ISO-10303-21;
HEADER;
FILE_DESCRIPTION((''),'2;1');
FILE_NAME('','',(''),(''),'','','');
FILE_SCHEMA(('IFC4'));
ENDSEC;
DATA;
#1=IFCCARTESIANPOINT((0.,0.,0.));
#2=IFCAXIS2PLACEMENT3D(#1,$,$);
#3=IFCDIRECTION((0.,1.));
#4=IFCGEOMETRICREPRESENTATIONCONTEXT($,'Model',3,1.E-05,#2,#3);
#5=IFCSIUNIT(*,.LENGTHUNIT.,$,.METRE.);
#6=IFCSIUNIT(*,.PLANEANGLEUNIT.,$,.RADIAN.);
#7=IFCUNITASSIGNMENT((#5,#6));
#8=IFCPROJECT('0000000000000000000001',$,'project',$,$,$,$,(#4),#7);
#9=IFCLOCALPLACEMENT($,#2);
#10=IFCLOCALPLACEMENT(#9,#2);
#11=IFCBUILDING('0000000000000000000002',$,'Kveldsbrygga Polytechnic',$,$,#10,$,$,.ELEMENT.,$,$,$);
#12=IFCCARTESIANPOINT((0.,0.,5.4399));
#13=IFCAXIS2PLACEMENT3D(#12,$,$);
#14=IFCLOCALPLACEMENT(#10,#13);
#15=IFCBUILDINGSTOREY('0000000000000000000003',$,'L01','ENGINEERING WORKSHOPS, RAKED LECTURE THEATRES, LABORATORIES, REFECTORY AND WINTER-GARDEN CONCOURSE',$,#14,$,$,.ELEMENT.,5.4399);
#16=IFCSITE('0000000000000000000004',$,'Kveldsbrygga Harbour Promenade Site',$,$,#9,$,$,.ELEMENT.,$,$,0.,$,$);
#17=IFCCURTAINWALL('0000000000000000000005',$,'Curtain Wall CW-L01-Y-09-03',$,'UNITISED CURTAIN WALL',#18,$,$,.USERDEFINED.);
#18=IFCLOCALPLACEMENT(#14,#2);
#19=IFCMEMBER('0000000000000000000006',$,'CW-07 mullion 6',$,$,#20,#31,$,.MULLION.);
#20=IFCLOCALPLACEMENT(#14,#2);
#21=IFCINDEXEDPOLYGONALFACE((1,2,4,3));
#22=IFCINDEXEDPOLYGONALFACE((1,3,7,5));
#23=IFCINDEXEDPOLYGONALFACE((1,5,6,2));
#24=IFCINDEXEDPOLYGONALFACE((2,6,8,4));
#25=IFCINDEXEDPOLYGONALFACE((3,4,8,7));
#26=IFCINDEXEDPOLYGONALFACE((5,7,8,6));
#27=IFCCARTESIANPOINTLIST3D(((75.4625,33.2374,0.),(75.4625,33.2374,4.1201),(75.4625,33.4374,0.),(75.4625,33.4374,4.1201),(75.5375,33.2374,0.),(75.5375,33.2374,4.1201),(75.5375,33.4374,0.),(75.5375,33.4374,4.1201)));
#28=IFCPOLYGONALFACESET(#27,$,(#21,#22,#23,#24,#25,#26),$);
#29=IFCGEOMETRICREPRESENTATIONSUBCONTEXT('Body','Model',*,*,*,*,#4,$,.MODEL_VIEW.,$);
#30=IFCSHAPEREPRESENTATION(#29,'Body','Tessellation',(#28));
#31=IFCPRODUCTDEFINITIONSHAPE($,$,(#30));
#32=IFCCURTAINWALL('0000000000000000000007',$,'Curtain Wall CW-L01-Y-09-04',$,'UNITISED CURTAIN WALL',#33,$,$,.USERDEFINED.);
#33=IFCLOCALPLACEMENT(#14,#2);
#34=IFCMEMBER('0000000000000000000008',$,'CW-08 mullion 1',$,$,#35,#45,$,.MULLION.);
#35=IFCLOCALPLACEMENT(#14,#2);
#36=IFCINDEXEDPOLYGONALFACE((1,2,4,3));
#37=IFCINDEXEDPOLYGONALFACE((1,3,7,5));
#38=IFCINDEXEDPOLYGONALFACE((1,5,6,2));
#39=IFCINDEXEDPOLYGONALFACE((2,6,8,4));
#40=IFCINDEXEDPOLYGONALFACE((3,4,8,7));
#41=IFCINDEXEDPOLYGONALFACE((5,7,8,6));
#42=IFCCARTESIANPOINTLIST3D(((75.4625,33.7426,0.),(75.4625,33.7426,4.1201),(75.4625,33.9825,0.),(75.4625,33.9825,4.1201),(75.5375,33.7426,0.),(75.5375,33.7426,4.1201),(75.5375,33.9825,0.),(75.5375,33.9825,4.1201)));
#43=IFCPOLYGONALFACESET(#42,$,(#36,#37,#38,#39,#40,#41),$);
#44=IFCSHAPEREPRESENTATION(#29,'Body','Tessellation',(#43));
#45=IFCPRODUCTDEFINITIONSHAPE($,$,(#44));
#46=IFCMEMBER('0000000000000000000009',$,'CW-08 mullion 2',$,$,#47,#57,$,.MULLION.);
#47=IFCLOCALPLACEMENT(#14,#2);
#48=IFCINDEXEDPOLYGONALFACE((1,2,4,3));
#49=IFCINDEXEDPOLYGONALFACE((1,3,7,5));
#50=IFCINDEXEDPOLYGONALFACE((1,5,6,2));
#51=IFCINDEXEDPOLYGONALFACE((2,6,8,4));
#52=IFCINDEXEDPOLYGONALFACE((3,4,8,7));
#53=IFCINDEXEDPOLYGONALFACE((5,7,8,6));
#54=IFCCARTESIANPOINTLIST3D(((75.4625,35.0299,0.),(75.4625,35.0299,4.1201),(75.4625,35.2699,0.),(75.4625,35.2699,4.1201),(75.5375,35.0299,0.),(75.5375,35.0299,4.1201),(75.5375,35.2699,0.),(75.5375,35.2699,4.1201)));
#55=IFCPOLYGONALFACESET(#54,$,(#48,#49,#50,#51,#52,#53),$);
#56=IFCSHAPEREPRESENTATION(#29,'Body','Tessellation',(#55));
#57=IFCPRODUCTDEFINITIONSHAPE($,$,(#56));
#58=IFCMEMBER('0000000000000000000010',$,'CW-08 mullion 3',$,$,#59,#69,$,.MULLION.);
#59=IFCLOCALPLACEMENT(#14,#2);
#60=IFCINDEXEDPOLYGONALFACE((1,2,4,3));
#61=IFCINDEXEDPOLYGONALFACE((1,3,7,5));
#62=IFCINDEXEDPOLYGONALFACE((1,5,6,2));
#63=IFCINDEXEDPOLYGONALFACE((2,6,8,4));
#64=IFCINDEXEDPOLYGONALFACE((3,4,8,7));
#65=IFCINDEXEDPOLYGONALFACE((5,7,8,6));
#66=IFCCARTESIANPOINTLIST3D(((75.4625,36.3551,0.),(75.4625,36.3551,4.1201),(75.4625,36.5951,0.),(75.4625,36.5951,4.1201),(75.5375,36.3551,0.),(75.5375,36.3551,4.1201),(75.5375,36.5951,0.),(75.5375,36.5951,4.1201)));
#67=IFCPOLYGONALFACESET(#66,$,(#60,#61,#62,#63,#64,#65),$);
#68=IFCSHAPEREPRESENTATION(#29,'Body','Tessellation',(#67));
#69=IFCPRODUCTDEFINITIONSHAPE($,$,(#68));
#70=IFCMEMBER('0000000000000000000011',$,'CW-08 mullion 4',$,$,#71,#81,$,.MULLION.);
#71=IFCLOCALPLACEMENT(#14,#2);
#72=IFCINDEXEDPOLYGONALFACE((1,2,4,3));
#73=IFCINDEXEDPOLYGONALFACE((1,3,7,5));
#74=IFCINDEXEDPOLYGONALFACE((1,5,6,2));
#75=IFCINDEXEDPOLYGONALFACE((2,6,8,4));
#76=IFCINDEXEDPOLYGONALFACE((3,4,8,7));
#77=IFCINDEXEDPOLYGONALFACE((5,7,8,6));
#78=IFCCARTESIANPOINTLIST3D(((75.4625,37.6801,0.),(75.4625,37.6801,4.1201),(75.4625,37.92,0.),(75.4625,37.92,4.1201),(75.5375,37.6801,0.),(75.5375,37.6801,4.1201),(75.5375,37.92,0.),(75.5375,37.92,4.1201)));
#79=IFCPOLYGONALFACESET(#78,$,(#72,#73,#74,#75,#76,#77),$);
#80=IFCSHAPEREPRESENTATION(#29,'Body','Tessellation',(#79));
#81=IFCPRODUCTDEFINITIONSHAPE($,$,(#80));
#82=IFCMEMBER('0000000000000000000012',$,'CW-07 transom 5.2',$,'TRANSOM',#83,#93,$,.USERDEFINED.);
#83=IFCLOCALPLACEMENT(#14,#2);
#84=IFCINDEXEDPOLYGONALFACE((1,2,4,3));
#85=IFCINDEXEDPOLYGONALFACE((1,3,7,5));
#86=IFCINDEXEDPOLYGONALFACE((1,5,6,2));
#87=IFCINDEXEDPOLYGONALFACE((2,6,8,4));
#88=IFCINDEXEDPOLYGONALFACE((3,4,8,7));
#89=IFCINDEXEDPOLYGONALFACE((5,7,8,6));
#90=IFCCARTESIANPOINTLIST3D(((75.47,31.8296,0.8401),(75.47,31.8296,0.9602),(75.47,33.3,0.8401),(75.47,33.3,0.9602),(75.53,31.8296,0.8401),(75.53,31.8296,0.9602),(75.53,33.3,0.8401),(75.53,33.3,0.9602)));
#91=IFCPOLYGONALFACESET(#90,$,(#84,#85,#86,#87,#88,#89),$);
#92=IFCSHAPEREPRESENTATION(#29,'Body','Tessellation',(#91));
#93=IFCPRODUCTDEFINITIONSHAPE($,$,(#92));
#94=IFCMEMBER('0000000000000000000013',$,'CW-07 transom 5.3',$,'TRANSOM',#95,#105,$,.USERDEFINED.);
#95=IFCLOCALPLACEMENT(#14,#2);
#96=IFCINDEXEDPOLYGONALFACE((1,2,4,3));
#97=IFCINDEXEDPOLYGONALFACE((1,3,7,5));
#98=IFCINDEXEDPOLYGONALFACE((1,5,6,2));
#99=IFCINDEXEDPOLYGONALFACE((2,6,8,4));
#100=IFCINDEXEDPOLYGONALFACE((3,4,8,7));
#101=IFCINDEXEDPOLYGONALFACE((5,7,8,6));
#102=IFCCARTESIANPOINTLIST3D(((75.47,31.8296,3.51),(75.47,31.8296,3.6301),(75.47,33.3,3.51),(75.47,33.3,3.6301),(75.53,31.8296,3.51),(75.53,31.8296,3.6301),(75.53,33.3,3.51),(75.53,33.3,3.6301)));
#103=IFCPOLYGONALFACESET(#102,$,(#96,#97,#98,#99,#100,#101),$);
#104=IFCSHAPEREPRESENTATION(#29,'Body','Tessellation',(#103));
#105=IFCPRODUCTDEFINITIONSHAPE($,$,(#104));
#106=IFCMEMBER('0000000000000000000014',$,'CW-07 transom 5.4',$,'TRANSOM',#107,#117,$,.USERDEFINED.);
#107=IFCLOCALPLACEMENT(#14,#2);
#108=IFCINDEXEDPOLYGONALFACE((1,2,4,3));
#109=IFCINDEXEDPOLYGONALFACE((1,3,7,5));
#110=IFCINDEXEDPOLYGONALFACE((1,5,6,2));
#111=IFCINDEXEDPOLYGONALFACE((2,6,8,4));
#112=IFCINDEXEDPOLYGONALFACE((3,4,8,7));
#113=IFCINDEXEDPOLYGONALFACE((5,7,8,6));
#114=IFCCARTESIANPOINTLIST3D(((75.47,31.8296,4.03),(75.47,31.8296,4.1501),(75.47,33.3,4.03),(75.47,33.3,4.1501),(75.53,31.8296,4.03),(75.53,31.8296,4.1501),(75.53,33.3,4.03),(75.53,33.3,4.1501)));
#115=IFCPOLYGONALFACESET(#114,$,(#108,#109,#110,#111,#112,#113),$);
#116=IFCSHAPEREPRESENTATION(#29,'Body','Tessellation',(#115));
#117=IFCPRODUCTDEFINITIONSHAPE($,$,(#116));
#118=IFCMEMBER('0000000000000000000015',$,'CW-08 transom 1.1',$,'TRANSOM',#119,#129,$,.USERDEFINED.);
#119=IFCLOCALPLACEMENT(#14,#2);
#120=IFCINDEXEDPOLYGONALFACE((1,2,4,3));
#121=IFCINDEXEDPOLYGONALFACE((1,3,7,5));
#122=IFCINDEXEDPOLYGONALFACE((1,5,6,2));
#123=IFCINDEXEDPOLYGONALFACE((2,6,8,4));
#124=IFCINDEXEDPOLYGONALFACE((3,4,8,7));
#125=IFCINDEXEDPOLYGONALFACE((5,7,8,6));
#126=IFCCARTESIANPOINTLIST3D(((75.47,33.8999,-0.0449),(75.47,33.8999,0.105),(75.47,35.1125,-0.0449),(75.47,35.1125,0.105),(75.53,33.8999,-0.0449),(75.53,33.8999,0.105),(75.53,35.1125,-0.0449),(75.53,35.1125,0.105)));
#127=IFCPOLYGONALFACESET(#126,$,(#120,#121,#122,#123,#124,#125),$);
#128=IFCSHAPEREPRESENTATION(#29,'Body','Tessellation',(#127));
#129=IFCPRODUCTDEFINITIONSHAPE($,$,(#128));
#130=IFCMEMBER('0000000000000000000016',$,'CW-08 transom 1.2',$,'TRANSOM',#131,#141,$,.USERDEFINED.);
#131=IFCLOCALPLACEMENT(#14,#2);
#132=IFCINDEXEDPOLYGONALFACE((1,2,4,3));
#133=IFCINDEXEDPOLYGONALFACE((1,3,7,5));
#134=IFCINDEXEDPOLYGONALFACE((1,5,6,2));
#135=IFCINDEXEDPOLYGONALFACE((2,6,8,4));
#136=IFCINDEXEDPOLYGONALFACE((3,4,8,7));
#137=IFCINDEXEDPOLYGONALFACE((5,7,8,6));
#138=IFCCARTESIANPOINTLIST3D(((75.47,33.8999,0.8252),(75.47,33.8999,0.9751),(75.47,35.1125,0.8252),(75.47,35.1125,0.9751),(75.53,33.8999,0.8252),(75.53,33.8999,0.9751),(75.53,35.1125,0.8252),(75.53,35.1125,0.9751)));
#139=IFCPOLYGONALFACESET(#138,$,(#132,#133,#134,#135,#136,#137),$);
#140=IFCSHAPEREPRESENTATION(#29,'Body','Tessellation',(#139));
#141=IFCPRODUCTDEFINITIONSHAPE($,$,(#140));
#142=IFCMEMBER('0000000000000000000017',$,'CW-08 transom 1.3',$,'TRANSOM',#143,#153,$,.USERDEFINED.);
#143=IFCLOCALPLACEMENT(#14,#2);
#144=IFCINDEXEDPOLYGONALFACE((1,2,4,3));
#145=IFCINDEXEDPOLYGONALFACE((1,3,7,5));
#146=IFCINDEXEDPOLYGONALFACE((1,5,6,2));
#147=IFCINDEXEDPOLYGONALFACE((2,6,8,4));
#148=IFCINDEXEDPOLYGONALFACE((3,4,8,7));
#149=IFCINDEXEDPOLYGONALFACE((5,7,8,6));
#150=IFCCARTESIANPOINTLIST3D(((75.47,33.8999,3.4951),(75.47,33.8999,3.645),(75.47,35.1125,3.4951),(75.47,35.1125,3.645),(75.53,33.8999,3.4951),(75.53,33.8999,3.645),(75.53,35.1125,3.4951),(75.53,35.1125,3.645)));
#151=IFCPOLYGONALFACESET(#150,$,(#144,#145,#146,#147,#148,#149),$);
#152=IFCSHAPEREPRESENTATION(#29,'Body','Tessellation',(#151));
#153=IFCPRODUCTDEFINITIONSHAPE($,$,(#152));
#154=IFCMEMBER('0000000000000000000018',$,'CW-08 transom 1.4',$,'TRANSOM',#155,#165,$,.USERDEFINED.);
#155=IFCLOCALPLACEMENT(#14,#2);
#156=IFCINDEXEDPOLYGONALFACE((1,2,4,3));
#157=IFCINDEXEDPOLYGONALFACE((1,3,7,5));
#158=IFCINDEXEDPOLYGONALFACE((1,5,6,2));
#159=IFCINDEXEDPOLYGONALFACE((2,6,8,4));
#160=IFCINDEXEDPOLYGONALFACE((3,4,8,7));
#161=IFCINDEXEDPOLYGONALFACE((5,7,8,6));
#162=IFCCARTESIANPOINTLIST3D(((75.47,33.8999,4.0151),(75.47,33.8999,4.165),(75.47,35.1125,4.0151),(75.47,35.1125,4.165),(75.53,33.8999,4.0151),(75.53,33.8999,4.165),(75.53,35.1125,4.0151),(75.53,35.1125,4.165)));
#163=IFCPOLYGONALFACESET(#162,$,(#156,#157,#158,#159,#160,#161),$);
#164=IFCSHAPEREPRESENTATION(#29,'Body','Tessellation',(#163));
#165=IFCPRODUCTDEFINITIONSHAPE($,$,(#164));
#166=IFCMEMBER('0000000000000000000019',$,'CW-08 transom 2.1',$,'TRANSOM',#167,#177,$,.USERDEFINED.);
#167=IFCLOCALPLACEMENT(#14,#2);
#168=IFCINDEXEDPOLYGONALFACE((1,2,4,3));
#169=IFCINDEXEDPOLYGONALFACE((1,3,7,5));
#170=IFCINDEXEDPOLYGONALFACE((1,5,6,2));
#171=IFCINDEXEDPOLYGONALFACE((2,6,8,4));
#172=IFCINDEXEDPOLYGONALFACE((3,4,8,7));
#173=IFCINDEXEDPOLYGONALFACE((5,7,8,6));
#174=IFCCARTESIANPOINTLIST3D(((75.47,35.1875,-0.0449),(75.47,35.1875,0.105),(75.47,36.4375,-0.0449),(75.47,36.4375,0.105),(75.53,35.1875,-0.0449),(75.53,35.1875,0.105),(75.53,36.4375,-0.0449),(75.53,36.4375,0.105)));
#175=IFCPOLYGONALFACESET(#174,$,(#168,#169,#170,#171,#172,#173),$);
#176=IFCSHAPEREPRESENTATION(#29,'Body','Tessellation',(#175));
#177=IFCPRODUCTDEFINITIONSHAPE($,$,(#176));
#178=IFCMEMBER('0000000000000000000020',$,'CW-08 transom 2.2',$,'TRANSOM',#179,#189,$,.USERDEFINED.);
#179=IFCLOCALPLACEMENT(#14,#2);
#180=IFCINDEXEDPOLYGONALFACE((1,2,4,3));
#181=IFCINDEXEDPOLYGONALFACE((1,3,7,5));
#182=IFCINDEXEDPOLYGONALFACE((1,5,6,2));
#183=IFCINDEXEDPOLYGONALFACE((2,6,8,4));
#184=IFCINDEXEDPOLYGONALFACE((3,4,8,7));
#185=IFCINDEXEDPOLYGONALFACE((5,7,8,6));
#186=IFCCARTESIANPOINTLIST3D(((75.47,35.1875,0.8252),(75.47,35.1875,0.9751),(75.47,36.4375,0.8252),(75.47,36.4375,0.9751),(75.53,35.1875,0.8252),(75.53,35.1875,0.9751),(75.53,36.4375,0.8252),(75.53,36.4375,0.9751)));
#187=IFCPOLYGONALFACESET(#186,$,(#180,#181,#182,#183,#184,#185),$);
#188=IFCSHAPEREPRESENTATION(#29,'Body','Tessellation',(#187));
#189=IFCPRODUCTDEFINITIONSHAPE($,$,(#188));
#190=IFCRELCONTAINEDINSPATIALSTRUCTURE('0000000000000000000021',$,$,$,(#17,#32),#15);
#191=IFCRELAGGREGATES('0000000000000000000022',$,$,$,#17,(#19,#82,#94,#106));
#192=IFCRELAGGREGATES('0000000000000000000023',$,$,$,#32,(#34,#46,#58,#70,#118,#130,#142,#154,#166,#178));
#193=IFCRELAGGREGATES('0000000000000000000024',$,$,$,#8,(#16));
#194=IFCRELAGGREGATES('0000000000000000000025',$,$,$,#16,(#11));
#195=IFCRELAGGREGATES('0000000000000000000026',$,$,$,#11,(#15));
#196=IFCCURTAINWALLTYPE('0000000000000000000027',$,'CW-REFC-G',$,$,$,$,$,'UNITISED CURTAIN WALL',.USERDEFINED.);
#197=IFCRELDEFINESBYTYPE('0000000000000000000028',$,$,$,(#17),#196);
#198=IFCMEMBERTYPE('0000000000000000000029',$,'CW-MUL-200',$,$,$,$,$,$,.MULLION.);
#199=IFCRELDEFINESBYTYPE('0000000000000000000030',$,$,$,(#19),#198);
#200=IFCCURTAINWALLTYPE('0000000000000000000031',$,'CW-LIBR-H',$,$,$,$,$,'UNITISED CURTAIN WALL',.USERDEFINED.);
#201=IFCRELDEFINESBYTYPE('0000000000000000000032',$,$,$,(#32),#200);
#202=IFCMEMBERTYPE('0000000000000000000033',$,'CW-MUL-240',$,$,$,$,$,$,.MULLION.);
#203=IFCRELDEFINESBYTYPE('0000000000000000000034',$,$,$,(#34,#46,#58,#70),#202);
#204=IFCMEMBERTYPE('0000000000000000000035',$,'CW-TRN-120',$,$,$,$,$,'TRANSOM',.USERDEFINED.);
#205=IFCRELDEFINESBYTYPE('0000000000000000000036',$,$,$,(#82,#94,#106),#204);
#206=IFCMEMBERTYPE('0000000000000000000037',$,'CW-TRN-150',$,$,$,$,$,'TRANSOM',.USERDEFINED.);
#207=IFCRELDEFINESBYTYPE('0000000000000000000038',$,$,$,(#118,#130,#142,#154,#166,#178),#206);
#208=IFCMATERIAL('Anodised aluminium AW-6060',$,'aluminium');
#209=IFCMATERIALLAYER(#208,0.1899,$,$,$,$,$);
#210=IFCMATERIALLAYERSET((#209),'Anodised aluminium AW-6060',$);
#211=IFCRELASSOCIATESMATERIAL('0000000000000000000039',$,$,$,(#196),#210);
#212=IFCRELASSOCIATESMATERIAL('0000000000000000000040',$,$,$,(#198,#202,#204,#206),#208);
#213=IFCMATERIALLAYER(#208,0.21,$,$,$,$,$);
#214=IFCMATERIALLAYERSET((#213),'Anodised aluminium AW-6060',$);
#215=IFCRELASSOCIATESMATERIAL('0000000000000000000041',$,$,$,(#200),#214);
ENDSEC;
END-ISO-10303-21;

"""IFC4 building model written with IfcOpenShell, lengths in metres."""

from ifc_helpers import new_model, si_unit, direction, frame, origin, origin_2d, place, context, subcontext, project, spatial, rectangle, extrude, material, layer, layer_set, material_profile, profile_set, type_object, element, aggregate, save


model = new_model("IFC4")

# Units and contexts
model_context = context("Model", 3, precision=1e-05, world=origin(), true_north=direction((0.0, 1.0)))
body_context = subcontext(model_context, "Body", "Model", "MODEL_VIEW")
ifc_project = project(units=[si_unit("LENGTHUNIT", "METRE"), si_unit("PLANEANGLEUNIT", "RADIAN")], contexts=[model_context])

# Site, building, storey
site_placement = place(None, origin())
site = spatial("IfcSite", under=ifc_project, at=site_placement, Name="Kveldsbrygga Harbour Promenade Site", CompositionType="ELEMENT", RefElevation=0.0)
building_placement = place(site_placement, origin())
building = spatial("IfcBuilding", under=site, at=building_placement, Name="Kveldsbrygga Polytechnic", CompositionType="ELEMENT")
storey_placement = place(building_placement, frame((0.0, 0.0, 5.4399)))
storey = spatial("IfcBuildingStorey", under=building, at=storey_placement, Name="L01", Description="ENGINEERING WORKSHOPS, RAKED LECTURE THEATRES, LABORATORIES, REFECTORY AND WINTER-GARDEN CONCOURSE", CompositionType="ELEMENT", Elevation=5.4399)

# Curtain wall, member
ifc_material_1 = material(Name="Anodised aluminium AW-6060", Category="aluminium")
ifc_layer_1 = layer(ifc_material_1, 0.1899)
ifc_layer_set_1 = layer_set([ifc_layer_1], Name="Anodised aluminium AW-6060")
curtain_wall_type_1 = type_object("IfcCurtainWallType", Name="CW-REFC-G", ElementType="UNITISED CURTAIN WALL", PredefinedType="USERDEFINED", material=ifc_layer_set_1)
curtain_wall_1_placement = place(storey_placement, origin())
curtain_wall_1 = element("IfcCurtainWall", 1, at=curtain_wall_1_placement, inside=storey, type_object=curtain_wall_type_1, Name="Curtain Wall CW-L01-Y-09-03", ObjectType="UNITISED CURTAIN WALL", PredefinedType="USERDEFINED")
ifc_material_profile_1 = material_profile(ifc_material_1, rectangle(XDim=0.075, YDim=0.2, at=origin_2d()), Name="ALU 75x200")
ifc_profile_set_1 = profile_set([ifc_material_profile_1], Name="Anodised aluminium AW-6060")
member_type_1 = type_object("IfcMemberType", Name="CW-MUL-200", PredefinedType="MULLION", material=ifc_profile_set_1)
member_1_placement = place(storey_placement, frame((75.5, 33.3374, 0.0), z_axis=(0.0, 0.0, 1.0), x_axis=(-1.0, 0.0, 0.0)))
member_1 = element("IfcMember", 2, at=member_1_placement, type_object=member_type_1, Name="CW-07 mullion 6", PredefinedType="MULLION", context=body_context, shape_type="SweptSolid", body=[
    extrude(rectangle(XDim=0.075, YDim=0.2, at=origin_2d()), origin(), (0.0, 0.0, 1.0), 4.1201),
])

# Curtain wall, members
ifc_layer_2 = layer(ifc_material_1, 0.21)
ifc_layer_set_2 = layer_set([ifc_layer_2], Name="Anodised aluminium AW-6060")
curtain_wall_type_2 = type_object("IfcCurtainWallType", Name="CW-LIBR-H", ElementType="UNITISED CURTAIN WALL", PredefinedType="USERDEFINED", material=ifc_layer_set_2)
curtain_wall_2_placement = place(storey_placement, origin())
curtain_wall_2 = element("IfcCurtainWall", 3, at=curtain_wall_2_placement, inside=storey, type_object=curtain_wall_type_2, Name="Curtain Wall CW-L01-Y-09-04", ObjectType="UNITISED CURTAIN WALL", PredefinedType="USERDEFINED")
ifc_material_profile_2 = material_profile(ifc_material_1, rectangle(XDim=0.075, YDim=0.24, at=origin_2d()), Name="ALU 75x240")
ifc_profile_set_2 = profile_set([ifc_material_profile_2], Name="Anodised aluminium AW-6060")
member_type_2 = type_object("IfcMemberType", Name="CW-MUL-240", PredefinedType="MULLION", material=ifc_profile_set_2)
member_2_placement = place(storey_placement, frame((75.5, 33.8625, 0.0), z_axis=(0.0, 0.0, 1.0), x_axis=(-1.0, 0.0, 0.0)))
member_2 = element("IfcMember", 4, at=member_2_placement, type_object=member_type_2, Name="CW-08 mullion 1", PredefinedType="MULLION", context=body_context, shape_type="SweptSolid", body=[
    extrude(rectangle(XDim=0.075, YDim=0.24, at=origin_2d()), origin(), (0.0, 0.0, 1.0), 4.1201),
])
member_3_placement = place(storey_placement, frame((75.5, 35.1499, 0.0), z_axis=(0.0, 0.0, 1.0), x_axis=(-1.0, 0.0, 0.0)))
member_3 = element("IfcMember", 5, at=member_3_placement, type_object=member_type_2, Name="CW-08 mullion 2", PredefinedType="MULLION", context=body_context, shape_type="SweptSolid", body=[
    extrude(rectangle(XDim=0.075, YDim=0.24, at=origin_2d()), origin(), (0.0, 0.0, 1.0), 4.1201),
])
member_4_placement = place(storey_placement, frame((75.5, 36.4751, 0.0), z_axis=(0.0, 0.0, 1.0), x_axis=(-1.0, 0.0, 0.0)))
member_4 = element("IfcMember", 6, at=member_4_placement, type_object=member_type_2, Name="CW-08 mullion 3", PredefinedType="MULLION", context=body_context, shape_type="SweptSolid", body=[
    extrude(rectangle(XDim=0.075, YDim=0.24, at=origin_2d()), origin(), (0.0, 0.0, 1.0), 4.1201),
])
member_5_placement = place(storey_placement, frame((75.5, 37.8, 0.0), z_axis=(0.0, 0.0, 1.0), x_axis=(-1.0, 0.0, 0.0)))
member_5 = element("IfcMember", 7, at=member_5_placement, type_object=member_type_2, Name="CW-08 mullion 4", PredefinedType="MULLION", context=body_context, shape_type="SweptSolid", body=[
    extrude(rectangle(XDim=0.075, YDim=0.24, at=origin_2d()), origin(), (0.0, 0.0, 1.0), 4.1201),
])

# Members
ifc_material_profile_3 = material_profile(ifc_material_1, rectangle(XDim=0.0601, YDim=0.1201, at=origin_2d()), Name="ALU 60x120")
ifc_profile_set_3 = profile_set([ifc_material_profile_3], Name="Anodised aluminium AW-6060")
member_type_3 = type_object("IfcMemberType", Name="CW-TRN-120", ElementType="TRANSOM", PredefinedType="USERDEFINED", material=ifc_profile_set_3)
member_6_placement = place(storey_placement, frame((75.5, 31.8296, 0.9001), z_axis=(0.0, 1.0, 0.0), x_axis=(-1.0, 0.0, 0.0)))
member_6 = element("IfcMember", 8, at=member_6_placement, type_object=member_type_3, Name="CW-07 transom 5.2", ObjectType="TRANSOM", PredefinedType="USERDEFINED", context=body_context, shape_type="SweptSolid", body=[
    extrude(rectangle(XDim=0.0601, YDim=0.1201, at=origin_2d()), origin(), (0.0, 0.0, 1.0), 1.4705),
])
member_7_placement = place(storey_placement, frame((75.5, 31.8296, 3.5701), z_axis=(0.0, 1.0, 0.0), x_axis=(-1.0, 0.0, 0.0)))
member_7 = element("IfcMember", 9, at=member_7_placement, type_object=member_type_3, Name="CW-07 transom 5.3", ObjectType="TRANSOM", PredefinedType="USERDEFINED", context=body_context, shape_type="SweptSolid", body=[
    extrude(rectangle(XDim=0.0601, YDim=0.1201, at=origin_2d()), origin(), (0.0, 0.0, 1.0), 1.4705),
])
member_8_placement = place(storey_placement, frame((75.5, 31.8296, 4.0901), z_axis=(0.0, 1.0, 0.0), x_axis=(-1.0, 0.0, 0.0)))
member_8 = element("IfcMember", 10, at=member_8_placement, type_object=member_type_3, Name="CW-07 transom 5.4", ObjectType="TRANSOM", PredefinedType="USERDEFINED", context=body_context, shape_type="SweptSolid", body=[
    extrude(rectangle(XDim=0.0601, YDim=0.1201, at=origin_2d()), origin(), (0.0, 0.0, 1.0), 1.4705),
])
ifc_material_profile_4 = material_profile(ifc_material_1, rectangle(XDim=0.0601, YDim=0.1499, at=origin_2d()), Name="ALU 60x150")
ifc_profile_set_4 = profile_set([ifc_material_profile_4], Name="Anodised aluminium AW-6060")
member_type_4 = type_object("IfcMemberType", Name="CW-TRN-150", ElementType="TRANSOM", PredefinedType="USERDEFINED", material=ifc_profile_set_4)
member_9_placement = place(storey_placement, frame((75.5, 33.8999, 0.03), z_axis=(0.0, 1.0, 0.0), x_axis=(-1.0, 0.0, 0.0)))
member_9 = element("IfcMember", 11, at=member_9_placement, type_object=member_type_4, Name="CW-08 transom 1.1", ObjectType="TRANSOM", PredefinedType="USERDEFINED", context=body_context, shape_type="SweptSolid", body=[
    extrude(rectangle(XDim=0.0601, YDim=0.1499, at=origin_2d()), origin(), (0.0, 0.0, 1.0), 1.2126),
])
member_10_placement = place(storey_placement, frame((75.5, 33.8999, 0.9001), z_axis=(0.0, 1.0, 0.0), x_axis=(-1.0, 0.0, 0.0)))
member_10 = element("IfcMember", 12, at=member_10_placement, type_object=member_type_4, Name="CW-08 transom 1.2", ObjectType="TRANSOM", PredefinedType="USERDEFINED", context=body_context, shape_type="SweptSolid", body=[
    extrude(rectangle(XDim=0.0601, YDim=0.1499, at=origin_2d()), origin(), (0.0, 0.0, 1.0), 1.2126),
])
member_11_placement = place(storey_placement, frame((75.5, 33.8999, 3.5701), z_axis=(0.0, 1.0, 0.0), x_axis=(-1.0, 0.0, 0.0)))
member_11 = element("IfcMember", 13, at=member_11_placement, type_object=member_type_4, Name="CW-08 transom 1.3", ObjectType="TRANSOM", PredefinedType="USERDEFINED", context=body_context, shape_type="SweptSolid", body=[
    extrude(rectangle(XDim=0.0601, YDim=0.1499, at=origin_2d()), origin(), (0.0, 0.0, 1.0), 1.2126),
])
member_12_placement = place(storey_placement, frame((75.5, 33.8999, 4.0901), z_axis=(0.0, 1.0, 0.0), x_axis=(-1.0, 0.0, 0.0)))
member_12 = element("IfcMember", 14, at=member_12_placement, type_object=member_type_4, Name="CW-08 transom 1.4", ObjectType="TRANSOM", PredefinedType="USERDEFINED", context=body_context, shape_type="SweptSolid", body=[
    extrude(rectangle(XDim=0.0601, YDim=0.1499, at=origin_2d()), origin(), (0.0, 0.0, 1.0), 1.2126),
])
member_13_placement = place(storey_placement, frame((75.5, 35.1875, 0.03), z_axis=(0.0, 1.0, 0.0), x_axis=(-1.0, 0.0, 0.0)))
member_13 = element("IfcMember", 15, at=member_13_placement, type_object=member_type_4, Name="CW-08 transom 2.1", ObjectType="TRANSOM", PredefinedType="USERDEFINED", context=body_context, shape_type="SweptSolid", body=[
    extrude(rectangle(XDim=0.0601, YDim=0.1499, at=origin_2d()), origin(), (0.0, 0.0, 1.0), 1.25),
])
member_14_placement = place(storey_placement, frame((75.5, 35.1875, 0.9001), z_axis=(0.0, 1.0, 0.0), x_axis=(-1.0, 0.0, 0.0)))
member_14 = element("IfcMember", 16, at=member_14_placement, type_object=member_type_4, Name="CW-08 transom 2.2", ObjectType="TRANSOM", PredefinedType="USERDEFINED", context=body_context, shape_type="SweptSolid", body=[
    extrude(rectangle(XDim=0.0601, YDim=0.1499, at=origin_2d()), origin(), (0.0, 0.0, 1.0), 1.25),
])

aggregate(curtain_wall_1, [member_1, member_6, member_7, member_8])
aggregate(curtain_wall_2, [member_2, member_3, member_4, member_5, member_9, member_10, member_11, member_12, member_13, member_14])

save(model, "model.ifc")
